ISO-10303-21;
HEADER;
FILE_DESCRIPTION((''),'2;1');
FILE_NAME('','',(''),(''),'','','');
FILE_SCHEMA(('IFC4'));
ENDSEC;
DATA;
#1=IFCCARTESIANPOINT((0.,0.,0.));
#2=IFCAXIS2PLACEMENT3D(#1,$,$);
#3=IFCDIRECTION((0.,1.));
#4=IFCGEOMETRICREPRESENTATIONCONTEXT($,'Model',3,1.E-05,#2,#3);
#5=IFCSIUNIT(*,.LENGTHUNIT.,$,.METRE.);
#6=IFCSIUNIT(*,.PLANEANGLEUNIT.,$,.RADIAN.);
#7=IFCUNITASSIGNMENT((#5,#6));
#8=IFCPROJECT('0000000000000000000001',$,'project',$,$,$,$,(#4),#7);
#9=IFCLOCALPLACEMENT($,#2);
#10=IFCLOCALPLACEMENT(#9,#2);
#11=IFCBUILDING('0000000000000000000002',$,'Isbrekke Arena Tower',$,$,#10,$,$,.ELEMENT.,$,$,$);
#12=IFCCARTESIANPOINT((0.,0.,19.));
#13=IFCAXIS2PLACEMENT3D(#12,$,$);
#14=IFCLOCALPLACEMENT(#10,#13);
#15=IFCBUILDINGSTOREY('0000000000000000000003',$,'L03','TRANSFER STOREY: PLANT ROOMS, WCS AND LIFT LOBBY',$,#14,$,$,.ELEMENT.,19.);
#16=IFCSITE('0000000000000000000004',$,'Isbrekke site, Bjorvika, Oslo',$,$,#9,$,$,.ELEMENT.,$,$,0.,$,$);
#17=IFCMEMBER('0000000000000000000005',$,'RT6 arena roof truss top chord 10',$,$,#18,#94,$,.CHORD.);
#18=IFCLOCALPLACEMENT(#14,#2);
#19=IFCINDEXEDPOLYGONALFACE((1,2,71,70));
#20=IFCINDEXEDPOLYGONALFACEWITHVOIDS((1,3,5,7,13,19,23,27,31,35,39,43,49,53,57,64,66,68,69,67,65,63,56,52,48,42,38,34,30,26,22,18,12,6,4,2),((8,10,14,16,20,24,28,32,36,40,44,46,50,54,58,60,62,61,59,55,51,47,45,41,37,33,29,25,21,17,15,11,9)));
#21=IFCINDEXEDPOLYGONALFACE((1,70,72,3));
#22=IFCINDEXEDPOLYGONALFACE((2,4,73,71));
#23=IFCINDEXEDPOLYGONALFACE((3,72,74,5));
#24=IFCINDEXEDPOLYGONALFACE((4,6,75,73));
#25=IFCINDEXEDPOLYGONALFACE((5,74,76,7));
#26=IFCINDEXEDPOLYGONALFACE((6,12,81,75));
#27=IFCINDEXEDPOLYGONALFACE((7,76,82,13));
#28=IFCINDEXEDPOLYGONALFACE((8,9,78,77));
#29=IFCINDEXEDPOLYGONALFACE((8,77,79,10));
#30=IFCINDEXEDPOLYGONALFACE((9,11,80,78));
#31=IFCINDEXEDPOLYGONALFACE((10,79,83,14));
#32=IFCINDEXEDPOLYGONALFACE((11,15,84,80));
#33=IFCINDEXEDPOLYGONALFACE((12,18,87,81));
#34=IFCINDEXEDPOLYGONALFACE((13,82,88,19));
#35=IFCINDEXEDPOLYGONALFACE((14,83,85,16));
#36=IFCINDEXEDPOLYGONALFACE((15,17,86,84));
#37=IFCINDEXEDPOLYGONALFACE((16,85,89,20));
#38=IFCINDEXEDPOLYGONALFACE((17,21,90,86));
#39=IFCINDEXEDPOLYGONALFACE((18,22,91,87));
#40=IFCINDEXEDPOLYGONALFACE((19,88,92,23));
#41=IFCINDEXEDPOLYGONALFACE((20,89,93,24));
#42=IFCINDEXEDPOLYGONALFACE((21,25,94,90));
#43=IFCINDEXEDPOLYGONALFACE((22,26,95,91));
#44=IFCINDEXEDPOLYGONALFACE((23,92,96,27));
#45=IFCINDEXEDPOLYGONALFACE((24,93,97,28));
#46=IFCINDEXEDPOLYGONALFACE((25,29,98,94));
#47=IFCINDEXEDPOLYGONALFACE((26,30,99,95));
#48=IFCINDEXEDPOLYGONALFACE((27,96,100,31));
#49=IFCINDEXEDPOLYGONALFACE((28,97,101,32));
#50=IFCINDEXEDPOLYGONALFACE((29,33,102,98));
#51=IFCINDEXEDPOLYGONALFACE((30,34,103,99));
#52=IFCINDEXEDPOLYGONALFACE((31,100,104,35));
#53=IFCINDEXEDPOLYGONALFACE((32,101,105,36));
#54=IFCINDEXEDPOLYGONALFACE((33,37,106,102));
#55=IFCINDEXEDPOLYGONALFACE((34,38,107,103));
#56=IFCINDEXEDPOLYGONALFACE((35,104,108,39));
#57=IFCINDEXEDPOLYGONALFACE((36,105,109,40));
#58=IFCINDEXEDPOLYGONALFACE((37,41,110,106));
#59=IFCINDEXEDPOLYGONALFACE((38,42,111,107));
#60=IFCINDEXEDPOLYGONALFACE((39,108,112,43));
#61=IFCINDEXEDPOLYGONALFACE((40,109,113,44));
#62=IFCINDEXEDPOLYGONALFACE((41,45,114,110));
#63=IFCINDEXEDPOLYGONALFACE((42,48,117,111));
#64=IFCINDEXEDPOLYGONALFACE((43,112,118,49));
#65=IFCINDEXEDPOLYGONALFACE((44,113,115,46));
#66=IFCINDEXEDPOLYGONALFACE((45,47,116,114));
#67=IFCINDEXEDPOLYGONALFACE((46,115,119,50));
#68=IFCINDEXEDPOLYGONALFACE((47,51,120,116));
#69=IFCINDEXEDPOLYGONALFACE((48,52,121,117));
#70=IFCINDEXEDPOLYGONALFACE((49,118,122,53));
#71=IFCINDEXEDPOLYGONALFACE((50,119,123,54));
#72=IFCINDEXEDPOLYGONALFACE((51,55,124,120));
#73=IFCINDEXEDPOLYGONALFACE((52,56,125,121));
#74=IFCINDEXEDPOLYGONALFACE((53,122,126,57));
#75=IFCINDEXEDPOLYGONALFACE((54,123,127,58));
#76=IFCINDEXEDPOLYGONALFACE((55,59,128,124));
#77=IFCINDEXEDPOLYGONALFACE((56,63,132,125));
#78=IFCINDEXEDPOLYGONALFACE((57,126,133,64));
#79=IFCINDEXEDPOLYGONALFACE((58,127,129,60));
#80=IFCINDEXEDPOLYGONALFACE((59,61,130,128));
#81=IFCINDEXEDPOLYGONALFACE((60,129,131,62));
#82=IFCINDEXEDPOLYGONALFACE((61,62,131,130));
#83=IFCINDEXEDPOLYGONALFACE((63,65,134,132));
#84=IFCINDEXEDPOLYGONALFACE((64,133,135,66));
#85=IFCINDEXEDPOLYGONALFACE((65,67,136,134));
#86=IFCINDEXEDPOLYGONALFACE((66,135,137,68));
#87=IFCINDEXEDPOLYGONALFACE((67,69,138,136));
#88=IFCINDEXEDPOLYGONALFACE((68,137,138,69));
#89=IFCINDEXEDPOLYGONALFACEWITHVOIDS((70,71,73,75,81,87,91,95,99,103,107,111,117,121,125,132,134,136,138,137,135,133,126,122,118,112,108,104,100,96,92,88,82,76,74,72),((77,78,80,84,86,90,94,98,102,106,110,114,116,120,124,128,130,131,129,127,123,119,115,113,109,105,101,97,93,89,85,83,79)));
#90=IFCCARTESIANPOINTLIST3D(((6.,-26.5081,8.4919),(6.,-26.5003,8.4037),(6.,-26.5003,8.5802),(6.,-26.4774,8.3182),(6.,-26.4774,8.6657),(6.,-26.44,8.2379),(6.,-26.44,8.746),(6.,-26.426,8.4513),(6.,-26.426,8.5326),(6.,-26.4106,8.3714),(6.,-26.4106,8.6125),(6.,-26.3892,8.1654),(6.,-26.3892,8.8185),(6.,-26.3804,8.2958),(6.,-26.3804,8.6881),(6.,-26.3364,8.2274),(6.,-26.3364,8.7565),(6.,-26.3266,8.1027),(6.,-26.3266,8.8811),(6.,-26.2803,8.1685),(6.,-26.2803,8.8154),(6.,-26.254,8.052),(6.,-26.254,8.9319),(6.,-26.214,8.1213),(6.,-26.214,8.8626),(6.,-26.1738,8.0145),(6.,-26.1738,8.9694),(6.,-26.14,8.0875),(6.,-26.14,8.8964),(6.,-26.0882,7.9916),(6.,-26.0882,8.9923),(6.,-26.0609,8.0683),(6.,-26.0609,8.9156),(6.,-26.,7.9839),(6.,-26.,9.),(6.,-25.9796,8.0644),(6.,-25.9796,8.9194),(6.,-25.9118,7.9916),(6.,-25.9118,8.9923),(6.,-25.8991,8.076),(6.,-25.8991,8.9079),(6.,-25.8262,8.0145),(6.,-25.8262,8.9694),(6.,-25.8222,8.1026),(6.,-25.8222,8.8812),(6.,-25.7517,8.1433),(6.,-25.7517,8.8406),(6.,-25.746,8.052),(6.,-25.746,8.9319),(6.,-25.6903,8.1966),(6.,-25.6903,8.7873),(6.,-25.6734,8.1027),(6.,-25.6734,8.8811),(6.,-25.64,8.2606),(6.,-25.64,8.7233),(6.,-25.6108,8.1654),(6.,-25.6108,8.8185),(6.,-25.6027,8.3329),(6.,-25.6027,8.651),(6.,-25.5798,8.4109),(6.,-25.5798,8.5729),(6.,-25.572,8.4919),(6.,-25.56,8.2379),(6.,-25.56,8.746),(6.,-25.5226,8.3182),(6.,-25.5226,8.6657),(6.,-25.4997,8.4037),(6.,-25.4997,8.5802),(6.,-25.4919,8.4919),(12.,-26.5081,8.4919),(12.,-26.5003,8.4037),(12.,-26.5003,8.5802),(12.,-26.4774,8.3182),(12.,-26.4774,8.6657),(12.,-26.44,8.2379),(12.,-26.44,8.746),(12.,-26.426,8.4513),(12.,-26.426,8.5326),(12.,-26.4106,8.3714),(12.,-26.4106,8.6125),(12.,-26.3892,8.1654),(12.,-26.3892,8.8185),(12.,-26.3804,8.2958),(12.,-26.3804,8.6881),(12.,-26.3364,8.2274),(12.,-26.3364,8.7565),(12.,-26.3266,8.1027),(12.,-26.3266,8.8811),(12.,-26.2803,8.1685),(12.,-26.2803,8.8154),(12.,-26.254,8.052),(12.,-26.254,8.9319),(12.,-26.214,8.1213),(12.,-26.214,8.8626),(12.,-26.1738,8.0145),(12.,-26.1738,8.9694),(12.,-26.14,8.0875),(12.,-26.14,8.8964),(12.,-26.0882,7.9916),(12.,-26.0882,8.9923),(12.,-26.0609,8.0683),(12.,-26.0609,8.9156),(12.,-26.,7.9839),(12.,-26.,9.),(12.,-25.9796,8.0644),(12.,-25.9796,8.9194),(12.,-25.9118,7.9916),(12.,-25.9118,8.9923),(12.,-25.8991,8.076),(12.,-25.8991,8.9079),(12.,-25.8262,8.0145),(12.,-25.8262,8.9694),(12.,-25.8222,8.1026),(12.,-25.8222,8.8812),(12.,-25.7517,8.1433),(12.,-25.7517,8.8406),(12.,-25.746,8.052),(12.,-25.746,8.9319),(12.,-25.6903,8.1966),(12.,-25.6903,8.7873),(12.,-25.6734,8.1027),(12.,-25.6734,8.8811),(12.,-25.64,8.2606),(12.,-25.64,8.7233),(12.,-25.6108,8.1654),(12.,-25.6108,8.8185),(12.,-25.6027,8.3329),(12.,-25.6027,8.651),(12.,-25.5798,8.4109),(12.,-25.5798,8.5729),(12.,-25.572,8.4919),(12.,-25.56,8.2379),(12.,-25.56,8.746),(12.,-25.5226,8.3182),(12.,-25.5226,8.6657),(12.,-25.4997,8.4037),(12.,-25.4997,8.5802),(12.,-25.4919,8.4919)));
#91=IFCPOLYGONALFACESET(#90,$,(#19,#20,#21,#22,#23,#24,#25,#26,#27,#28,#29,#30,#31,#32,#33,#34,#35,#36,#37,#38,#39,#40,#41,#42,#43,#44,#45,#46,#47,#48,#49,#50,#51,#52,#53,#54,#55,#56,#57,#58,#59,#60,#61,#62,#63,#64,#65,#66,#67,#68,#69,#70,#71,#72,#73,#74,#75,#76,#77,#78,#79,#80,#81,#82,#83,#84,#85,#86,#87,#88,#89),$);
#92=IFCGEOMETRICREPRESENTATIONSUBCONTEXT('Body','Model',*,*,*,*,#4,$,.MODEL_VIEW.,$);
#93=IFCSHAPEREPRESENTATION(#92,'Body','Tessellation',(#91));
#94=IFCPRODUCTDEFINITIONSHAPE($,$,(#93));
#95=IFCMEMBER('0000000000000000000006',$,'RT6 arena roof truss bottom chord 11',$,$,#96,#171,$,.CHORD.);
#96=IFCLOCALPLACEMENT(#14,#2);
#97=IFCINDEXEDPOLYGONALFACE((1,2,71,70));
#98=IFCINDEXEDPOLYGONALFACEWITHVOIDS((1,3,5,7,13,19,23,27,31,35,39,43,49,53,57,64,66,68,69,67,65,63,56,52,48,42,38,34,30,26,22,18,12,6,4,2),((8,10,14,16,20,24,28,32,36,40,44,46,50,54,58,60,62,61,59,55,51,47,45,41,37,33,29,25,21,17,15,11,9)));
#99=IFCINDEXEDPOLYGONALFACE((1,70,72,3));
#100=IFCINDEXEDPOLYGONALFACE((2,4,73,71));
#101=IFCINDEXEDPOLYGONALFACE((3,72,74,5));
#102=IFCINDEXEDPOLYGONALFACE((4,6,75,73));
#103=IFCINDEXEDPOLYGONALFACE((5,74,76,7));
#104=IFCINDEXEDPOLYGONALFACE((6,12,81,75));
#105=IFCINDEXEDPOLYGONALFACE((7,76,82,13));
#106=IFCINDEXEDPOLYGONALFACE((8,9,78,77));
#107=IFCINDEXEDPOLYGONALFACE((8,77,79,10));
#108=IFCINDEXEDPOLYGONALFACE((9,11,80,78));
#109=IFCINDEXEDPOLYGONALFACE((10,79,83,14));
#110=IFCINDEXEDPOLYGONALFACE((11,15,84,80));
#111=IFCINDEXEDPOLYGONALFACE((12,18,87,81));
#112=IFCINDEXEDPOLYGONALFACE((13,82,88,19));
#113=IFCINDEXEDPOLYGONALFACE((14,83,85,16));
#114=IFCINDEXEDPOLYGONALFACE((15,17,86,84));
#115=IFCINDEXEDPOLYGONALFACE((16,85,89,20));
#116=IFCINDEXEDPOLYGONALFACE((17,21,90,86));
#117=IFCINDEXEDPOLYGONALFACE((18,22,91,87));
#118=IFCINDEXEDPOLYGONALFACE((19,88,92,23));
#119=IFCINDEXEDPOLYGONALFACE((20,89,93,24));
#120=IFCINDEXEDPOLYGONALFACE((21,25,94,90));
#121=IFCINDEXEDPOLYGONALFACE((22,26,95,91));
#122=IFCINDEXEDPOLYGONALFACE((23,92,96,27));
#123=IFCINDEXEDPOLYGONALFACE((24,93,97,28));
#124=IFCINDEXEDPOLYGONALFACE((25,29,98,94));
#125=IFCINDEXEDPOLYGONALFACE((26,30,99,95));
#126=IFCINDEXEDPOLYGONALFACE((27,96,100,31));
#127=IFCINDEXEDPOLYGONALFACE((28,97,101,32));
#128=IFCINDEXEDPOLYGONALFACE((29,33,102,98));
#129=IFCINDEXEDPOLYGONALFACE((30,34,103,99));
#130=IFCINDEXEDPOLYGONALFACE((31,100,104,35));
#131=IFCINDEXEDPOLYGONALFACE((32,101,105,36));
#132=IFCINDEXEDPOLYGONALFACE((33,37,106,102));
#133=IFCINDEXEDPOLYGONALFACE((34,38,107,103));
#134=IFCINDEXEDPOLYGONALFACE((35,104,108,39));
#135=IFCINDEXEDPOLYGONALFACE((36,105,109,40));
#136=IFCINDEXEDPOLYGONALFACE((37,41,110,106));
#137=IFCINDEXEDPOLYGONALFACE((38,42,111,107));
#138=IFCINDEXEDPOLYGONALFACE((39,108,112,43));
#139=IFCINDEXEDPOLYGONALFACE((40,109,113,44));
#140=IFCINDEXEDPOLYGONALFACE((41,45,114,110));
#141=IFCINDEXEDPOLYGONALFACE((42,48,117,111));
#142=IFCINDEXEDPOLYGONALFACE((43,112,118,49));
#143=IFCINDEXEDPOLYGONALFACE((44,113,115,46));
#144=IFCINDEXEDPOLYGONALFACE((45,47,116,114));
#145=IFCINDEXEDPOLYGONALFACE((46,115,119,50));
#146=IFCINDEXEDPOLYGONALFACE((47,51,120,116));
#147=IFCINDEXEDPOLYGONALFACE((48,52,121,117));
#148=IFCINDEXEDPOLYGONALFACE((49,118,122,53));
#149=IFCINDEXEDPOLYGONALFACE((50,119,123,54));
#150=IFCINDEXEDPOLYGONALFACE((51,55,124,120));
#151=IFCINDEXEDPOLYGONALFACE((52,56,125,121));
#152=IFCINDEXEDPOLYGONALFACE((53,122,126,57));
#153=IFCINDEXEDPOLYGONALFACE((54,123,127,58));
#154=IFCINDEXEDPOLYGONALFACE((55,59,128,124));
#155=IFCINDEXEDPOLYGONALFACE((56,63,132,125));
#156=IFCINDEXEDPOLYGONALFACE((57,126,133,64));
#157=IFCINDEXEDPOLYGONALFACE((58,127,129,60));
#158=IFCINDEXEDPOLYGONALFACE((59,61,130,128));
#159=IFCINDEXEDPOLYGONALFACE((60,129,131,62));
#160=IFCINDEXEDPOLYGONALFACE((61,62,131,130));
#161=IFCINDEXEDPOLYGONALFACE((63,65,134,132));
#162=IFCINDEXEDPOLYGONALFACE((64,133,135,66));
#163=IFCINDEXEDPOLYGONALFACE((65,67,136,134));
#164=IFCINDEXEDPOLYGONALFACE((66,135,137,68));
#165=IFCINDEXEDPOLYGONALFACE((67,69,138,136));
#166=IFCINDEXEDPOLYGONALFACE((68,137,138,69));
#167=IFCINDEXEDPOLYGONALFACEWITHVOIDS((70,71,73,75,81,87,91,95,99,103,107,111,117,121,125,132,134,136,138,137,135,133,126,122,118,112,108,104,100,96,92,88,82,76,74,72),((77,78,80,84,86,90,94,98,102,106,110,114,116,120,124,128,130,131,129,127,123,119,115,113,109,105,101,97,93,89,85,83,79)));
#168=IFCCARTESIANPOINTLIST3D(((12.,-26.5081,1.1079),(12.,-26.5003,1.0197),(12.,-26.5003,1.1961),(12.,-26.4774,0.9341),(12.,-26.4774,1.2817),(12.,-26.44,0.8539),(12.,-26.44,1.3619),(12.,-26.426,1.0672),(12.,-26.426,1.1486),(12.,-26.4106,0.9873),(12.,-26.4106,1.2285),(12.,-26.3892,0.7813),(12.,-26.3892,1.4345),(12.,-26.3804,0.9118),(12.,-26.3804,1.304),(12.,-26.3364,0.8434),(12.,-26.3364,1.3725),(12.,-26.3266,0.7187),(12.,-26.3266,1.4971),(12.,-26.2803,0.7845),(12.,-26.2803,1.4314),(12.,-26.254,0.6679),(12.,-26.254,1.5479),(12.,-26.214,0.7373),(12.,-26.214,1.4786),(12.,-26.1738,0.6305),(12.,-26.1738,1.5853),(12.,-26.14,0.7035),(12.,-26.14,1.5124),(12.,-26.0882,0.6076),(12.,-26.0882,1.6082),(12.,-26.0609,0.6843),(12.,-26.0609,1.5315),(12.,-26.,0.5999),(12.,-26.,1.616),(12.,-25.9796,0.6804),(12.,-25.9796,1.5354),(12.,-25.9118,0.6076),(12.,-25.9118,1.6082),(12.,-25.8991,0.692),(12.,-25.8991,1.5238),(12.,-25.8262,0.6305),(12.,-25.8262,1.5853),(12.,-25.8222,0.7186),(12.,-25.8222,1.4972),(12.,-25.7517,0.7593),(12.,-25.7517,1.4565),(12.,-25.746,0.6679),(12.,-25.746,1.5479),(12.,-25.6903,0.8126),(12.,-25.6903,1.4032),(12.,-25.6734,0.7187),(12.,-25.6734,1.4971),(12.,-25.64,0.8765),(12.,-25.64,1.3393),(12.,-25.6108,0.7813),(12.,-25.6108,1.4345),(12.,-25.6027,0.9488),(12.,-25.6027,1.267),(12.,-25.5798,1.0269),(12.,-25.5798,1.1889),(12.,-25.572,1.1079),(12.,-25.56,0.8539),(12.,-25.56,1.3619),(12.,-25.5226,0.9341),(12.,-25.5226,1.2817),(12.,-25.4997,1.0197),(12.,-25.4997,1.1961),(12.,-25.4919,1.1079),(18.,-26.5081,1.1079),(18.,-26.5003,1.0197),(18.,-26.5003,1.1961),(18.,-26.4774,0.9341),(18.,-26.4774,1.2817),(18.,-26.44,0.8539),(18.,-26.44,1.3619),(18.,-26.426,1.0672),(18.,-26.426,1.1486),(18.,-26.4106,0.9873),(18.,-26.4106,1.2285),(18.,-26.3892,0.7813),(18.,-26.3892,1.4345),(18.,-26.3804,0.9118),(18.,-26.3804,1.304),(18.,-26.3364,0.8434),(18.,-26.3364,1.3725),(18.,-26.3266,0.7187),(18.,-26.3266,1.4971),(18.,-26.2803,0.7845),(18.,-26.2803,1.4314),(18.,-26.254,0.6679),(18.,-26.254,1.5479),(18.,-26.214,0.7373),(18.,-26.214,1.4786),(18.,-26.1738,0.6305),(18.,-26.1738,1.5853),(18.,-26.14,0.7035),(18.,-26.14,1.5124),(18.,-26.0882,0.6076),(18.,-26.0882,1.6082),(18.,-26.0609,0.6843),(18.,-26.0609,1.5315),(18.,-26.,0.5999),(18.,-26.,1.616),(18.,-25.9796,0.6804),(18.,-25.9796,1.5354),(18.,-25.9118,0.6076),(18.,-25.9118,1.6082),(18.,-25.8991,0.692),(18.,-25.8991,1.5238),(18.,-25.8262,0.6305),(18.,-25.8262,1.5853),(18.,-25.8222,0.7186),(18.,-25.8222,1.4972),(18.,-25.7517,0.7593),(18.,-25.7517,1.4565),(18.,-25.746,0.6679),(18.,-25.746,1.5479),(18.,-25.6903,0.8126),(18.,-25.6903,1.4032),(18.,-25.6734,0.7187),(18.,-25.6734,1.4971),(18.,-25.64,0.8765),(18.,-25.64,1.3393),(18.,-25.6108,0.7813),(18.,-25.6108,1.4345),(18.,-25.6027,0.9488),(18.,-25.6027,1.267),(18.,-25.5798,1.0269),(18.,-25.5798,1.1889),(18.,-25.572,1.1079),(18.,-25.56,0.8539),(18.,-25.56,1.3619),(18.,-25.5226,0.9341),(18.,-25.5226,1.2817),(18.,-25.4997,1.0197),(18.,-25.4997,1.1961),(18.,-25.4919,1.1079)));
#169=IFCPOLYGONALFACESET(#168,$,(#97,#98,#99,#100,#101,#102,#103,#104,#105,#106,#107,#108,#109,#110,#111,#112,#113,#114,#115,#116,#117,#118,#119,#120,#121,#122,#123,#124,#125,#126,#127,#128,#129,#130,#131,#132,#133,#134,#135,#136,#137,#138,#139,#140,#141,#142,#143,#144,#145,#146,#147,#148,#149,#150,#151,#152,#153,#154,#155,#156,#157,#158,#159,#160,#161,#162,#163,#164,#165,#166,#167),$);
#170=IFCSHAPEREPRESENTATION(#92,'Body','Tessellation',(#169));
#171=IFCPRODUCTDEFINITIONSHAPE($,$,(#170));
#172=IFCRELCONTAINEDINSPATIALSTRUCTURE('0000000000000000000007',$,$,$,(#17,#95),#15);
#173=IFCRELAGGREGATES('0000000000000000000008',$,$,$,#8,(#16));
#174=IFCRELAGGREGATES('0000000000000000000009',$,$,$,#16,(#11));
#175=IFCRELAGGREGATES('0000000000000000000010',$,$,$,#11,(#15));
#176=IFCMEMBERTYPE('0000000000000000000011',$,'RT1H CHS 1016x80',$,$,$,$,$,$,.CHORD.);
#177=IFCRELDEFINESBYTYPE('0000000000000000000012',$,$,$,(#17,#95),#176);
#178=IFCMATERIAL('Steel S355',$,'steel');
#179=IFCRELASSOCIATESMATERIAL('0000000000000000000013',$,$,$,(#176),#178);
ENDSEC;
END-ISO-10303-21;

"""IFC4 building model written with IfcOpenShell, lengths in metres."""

from ifc_helpers import new_model, si_unit, direction, frame, origin, origin_2d, place, context, subcontext, project, spatial, hollow_circle, extrude, material, material_profile, profile_set, type_object, element, save


model = new_model("IFC4")

# Units and contexts
model_context = context("Model", 3, precision=1e-05, world=origin(), true_north=direction((0.0, 1.0)))
body_context = subcontext(model_context, "Body", "Model", "MODEL_VIEW")
ifc_project = project(units=[si_unit("LENGTHUNIT", "METRE"), si_unit("PLANEANGLEUNIT", "RADIAN")], contexts=[model_context])

# Site, building, storey
site_placement = place(None, origin())
site = spatial("IfcSite", under=ifc_project, at=site_placement, Name="Isbrekke site, Bjorvika, Oslo", CompositionType="ELEMENT", RefElevation=0.0)
building_placement = place(site_placement, origin())
building = spatial("IfcBuilding", under=site, at=building_placement, Name="Isbrekke Arena Tower", CompositionType="ELEMENT")
storey_placement = place(building_placement, frame((0.0, 0.0, 19.0)))
storey = spatial("IfcBuildingStorey", under=building, at=storey_placement, Name="L03", Description="TRANSFER STOREY: PLANT ROOMS, WCS AND LIFT LOBBY", CompositionType="ELEMENT", Elevation=19.0)

# Members
ifc_material_1 = material(Name="Steel S355", Category="steel")
ifc_material_profile_1 = material_profile(ifc_material_1, hollow_circle(Radius=0.5081, WallThickness=0.0801, at=origin_2d()), Name="CHS 1016x80")
ifc_profile_set_1 = profile_set([ifc_material_profile_1], Name="Steel S355")
member_type_1 = type_object("IfcMemberType", Name="RT1H CHS 1016x80", PredefinedType="CHORD", material=ifc_profile_set_1)
for number, where, z_axis, x_axis, name in (
    (1, (6.0, -26.0, 8.4919), (1.0, 0.0, 0.0), (0.0, 1.0, 0.0), "RT6 arena roof truss top chord 10"),
    (2, (12.0, -26.0, 1.1079), (1.0, 0.0, 0.0), (0.0, 1.0, 0.0), "RT6 arena roof truss bottom chord 11"),
):
    element("IfcMember", number, at=place(storey_placement, frame(where, z_axis=z_axis, x_axis=x_axis)), inside=storey, type_object=member_type_1, Name=name, PredefinedType="CHORD", context=body_context, shape_type="SweptSolid", body=[
        extrude(hollow_circle(Radius=0.5081, WallThickness=0.0801, at=origin_2d()), origin(), (0.0, 0.0, 1.0), 6.0),
    ])

save(model, "model.ifc")
